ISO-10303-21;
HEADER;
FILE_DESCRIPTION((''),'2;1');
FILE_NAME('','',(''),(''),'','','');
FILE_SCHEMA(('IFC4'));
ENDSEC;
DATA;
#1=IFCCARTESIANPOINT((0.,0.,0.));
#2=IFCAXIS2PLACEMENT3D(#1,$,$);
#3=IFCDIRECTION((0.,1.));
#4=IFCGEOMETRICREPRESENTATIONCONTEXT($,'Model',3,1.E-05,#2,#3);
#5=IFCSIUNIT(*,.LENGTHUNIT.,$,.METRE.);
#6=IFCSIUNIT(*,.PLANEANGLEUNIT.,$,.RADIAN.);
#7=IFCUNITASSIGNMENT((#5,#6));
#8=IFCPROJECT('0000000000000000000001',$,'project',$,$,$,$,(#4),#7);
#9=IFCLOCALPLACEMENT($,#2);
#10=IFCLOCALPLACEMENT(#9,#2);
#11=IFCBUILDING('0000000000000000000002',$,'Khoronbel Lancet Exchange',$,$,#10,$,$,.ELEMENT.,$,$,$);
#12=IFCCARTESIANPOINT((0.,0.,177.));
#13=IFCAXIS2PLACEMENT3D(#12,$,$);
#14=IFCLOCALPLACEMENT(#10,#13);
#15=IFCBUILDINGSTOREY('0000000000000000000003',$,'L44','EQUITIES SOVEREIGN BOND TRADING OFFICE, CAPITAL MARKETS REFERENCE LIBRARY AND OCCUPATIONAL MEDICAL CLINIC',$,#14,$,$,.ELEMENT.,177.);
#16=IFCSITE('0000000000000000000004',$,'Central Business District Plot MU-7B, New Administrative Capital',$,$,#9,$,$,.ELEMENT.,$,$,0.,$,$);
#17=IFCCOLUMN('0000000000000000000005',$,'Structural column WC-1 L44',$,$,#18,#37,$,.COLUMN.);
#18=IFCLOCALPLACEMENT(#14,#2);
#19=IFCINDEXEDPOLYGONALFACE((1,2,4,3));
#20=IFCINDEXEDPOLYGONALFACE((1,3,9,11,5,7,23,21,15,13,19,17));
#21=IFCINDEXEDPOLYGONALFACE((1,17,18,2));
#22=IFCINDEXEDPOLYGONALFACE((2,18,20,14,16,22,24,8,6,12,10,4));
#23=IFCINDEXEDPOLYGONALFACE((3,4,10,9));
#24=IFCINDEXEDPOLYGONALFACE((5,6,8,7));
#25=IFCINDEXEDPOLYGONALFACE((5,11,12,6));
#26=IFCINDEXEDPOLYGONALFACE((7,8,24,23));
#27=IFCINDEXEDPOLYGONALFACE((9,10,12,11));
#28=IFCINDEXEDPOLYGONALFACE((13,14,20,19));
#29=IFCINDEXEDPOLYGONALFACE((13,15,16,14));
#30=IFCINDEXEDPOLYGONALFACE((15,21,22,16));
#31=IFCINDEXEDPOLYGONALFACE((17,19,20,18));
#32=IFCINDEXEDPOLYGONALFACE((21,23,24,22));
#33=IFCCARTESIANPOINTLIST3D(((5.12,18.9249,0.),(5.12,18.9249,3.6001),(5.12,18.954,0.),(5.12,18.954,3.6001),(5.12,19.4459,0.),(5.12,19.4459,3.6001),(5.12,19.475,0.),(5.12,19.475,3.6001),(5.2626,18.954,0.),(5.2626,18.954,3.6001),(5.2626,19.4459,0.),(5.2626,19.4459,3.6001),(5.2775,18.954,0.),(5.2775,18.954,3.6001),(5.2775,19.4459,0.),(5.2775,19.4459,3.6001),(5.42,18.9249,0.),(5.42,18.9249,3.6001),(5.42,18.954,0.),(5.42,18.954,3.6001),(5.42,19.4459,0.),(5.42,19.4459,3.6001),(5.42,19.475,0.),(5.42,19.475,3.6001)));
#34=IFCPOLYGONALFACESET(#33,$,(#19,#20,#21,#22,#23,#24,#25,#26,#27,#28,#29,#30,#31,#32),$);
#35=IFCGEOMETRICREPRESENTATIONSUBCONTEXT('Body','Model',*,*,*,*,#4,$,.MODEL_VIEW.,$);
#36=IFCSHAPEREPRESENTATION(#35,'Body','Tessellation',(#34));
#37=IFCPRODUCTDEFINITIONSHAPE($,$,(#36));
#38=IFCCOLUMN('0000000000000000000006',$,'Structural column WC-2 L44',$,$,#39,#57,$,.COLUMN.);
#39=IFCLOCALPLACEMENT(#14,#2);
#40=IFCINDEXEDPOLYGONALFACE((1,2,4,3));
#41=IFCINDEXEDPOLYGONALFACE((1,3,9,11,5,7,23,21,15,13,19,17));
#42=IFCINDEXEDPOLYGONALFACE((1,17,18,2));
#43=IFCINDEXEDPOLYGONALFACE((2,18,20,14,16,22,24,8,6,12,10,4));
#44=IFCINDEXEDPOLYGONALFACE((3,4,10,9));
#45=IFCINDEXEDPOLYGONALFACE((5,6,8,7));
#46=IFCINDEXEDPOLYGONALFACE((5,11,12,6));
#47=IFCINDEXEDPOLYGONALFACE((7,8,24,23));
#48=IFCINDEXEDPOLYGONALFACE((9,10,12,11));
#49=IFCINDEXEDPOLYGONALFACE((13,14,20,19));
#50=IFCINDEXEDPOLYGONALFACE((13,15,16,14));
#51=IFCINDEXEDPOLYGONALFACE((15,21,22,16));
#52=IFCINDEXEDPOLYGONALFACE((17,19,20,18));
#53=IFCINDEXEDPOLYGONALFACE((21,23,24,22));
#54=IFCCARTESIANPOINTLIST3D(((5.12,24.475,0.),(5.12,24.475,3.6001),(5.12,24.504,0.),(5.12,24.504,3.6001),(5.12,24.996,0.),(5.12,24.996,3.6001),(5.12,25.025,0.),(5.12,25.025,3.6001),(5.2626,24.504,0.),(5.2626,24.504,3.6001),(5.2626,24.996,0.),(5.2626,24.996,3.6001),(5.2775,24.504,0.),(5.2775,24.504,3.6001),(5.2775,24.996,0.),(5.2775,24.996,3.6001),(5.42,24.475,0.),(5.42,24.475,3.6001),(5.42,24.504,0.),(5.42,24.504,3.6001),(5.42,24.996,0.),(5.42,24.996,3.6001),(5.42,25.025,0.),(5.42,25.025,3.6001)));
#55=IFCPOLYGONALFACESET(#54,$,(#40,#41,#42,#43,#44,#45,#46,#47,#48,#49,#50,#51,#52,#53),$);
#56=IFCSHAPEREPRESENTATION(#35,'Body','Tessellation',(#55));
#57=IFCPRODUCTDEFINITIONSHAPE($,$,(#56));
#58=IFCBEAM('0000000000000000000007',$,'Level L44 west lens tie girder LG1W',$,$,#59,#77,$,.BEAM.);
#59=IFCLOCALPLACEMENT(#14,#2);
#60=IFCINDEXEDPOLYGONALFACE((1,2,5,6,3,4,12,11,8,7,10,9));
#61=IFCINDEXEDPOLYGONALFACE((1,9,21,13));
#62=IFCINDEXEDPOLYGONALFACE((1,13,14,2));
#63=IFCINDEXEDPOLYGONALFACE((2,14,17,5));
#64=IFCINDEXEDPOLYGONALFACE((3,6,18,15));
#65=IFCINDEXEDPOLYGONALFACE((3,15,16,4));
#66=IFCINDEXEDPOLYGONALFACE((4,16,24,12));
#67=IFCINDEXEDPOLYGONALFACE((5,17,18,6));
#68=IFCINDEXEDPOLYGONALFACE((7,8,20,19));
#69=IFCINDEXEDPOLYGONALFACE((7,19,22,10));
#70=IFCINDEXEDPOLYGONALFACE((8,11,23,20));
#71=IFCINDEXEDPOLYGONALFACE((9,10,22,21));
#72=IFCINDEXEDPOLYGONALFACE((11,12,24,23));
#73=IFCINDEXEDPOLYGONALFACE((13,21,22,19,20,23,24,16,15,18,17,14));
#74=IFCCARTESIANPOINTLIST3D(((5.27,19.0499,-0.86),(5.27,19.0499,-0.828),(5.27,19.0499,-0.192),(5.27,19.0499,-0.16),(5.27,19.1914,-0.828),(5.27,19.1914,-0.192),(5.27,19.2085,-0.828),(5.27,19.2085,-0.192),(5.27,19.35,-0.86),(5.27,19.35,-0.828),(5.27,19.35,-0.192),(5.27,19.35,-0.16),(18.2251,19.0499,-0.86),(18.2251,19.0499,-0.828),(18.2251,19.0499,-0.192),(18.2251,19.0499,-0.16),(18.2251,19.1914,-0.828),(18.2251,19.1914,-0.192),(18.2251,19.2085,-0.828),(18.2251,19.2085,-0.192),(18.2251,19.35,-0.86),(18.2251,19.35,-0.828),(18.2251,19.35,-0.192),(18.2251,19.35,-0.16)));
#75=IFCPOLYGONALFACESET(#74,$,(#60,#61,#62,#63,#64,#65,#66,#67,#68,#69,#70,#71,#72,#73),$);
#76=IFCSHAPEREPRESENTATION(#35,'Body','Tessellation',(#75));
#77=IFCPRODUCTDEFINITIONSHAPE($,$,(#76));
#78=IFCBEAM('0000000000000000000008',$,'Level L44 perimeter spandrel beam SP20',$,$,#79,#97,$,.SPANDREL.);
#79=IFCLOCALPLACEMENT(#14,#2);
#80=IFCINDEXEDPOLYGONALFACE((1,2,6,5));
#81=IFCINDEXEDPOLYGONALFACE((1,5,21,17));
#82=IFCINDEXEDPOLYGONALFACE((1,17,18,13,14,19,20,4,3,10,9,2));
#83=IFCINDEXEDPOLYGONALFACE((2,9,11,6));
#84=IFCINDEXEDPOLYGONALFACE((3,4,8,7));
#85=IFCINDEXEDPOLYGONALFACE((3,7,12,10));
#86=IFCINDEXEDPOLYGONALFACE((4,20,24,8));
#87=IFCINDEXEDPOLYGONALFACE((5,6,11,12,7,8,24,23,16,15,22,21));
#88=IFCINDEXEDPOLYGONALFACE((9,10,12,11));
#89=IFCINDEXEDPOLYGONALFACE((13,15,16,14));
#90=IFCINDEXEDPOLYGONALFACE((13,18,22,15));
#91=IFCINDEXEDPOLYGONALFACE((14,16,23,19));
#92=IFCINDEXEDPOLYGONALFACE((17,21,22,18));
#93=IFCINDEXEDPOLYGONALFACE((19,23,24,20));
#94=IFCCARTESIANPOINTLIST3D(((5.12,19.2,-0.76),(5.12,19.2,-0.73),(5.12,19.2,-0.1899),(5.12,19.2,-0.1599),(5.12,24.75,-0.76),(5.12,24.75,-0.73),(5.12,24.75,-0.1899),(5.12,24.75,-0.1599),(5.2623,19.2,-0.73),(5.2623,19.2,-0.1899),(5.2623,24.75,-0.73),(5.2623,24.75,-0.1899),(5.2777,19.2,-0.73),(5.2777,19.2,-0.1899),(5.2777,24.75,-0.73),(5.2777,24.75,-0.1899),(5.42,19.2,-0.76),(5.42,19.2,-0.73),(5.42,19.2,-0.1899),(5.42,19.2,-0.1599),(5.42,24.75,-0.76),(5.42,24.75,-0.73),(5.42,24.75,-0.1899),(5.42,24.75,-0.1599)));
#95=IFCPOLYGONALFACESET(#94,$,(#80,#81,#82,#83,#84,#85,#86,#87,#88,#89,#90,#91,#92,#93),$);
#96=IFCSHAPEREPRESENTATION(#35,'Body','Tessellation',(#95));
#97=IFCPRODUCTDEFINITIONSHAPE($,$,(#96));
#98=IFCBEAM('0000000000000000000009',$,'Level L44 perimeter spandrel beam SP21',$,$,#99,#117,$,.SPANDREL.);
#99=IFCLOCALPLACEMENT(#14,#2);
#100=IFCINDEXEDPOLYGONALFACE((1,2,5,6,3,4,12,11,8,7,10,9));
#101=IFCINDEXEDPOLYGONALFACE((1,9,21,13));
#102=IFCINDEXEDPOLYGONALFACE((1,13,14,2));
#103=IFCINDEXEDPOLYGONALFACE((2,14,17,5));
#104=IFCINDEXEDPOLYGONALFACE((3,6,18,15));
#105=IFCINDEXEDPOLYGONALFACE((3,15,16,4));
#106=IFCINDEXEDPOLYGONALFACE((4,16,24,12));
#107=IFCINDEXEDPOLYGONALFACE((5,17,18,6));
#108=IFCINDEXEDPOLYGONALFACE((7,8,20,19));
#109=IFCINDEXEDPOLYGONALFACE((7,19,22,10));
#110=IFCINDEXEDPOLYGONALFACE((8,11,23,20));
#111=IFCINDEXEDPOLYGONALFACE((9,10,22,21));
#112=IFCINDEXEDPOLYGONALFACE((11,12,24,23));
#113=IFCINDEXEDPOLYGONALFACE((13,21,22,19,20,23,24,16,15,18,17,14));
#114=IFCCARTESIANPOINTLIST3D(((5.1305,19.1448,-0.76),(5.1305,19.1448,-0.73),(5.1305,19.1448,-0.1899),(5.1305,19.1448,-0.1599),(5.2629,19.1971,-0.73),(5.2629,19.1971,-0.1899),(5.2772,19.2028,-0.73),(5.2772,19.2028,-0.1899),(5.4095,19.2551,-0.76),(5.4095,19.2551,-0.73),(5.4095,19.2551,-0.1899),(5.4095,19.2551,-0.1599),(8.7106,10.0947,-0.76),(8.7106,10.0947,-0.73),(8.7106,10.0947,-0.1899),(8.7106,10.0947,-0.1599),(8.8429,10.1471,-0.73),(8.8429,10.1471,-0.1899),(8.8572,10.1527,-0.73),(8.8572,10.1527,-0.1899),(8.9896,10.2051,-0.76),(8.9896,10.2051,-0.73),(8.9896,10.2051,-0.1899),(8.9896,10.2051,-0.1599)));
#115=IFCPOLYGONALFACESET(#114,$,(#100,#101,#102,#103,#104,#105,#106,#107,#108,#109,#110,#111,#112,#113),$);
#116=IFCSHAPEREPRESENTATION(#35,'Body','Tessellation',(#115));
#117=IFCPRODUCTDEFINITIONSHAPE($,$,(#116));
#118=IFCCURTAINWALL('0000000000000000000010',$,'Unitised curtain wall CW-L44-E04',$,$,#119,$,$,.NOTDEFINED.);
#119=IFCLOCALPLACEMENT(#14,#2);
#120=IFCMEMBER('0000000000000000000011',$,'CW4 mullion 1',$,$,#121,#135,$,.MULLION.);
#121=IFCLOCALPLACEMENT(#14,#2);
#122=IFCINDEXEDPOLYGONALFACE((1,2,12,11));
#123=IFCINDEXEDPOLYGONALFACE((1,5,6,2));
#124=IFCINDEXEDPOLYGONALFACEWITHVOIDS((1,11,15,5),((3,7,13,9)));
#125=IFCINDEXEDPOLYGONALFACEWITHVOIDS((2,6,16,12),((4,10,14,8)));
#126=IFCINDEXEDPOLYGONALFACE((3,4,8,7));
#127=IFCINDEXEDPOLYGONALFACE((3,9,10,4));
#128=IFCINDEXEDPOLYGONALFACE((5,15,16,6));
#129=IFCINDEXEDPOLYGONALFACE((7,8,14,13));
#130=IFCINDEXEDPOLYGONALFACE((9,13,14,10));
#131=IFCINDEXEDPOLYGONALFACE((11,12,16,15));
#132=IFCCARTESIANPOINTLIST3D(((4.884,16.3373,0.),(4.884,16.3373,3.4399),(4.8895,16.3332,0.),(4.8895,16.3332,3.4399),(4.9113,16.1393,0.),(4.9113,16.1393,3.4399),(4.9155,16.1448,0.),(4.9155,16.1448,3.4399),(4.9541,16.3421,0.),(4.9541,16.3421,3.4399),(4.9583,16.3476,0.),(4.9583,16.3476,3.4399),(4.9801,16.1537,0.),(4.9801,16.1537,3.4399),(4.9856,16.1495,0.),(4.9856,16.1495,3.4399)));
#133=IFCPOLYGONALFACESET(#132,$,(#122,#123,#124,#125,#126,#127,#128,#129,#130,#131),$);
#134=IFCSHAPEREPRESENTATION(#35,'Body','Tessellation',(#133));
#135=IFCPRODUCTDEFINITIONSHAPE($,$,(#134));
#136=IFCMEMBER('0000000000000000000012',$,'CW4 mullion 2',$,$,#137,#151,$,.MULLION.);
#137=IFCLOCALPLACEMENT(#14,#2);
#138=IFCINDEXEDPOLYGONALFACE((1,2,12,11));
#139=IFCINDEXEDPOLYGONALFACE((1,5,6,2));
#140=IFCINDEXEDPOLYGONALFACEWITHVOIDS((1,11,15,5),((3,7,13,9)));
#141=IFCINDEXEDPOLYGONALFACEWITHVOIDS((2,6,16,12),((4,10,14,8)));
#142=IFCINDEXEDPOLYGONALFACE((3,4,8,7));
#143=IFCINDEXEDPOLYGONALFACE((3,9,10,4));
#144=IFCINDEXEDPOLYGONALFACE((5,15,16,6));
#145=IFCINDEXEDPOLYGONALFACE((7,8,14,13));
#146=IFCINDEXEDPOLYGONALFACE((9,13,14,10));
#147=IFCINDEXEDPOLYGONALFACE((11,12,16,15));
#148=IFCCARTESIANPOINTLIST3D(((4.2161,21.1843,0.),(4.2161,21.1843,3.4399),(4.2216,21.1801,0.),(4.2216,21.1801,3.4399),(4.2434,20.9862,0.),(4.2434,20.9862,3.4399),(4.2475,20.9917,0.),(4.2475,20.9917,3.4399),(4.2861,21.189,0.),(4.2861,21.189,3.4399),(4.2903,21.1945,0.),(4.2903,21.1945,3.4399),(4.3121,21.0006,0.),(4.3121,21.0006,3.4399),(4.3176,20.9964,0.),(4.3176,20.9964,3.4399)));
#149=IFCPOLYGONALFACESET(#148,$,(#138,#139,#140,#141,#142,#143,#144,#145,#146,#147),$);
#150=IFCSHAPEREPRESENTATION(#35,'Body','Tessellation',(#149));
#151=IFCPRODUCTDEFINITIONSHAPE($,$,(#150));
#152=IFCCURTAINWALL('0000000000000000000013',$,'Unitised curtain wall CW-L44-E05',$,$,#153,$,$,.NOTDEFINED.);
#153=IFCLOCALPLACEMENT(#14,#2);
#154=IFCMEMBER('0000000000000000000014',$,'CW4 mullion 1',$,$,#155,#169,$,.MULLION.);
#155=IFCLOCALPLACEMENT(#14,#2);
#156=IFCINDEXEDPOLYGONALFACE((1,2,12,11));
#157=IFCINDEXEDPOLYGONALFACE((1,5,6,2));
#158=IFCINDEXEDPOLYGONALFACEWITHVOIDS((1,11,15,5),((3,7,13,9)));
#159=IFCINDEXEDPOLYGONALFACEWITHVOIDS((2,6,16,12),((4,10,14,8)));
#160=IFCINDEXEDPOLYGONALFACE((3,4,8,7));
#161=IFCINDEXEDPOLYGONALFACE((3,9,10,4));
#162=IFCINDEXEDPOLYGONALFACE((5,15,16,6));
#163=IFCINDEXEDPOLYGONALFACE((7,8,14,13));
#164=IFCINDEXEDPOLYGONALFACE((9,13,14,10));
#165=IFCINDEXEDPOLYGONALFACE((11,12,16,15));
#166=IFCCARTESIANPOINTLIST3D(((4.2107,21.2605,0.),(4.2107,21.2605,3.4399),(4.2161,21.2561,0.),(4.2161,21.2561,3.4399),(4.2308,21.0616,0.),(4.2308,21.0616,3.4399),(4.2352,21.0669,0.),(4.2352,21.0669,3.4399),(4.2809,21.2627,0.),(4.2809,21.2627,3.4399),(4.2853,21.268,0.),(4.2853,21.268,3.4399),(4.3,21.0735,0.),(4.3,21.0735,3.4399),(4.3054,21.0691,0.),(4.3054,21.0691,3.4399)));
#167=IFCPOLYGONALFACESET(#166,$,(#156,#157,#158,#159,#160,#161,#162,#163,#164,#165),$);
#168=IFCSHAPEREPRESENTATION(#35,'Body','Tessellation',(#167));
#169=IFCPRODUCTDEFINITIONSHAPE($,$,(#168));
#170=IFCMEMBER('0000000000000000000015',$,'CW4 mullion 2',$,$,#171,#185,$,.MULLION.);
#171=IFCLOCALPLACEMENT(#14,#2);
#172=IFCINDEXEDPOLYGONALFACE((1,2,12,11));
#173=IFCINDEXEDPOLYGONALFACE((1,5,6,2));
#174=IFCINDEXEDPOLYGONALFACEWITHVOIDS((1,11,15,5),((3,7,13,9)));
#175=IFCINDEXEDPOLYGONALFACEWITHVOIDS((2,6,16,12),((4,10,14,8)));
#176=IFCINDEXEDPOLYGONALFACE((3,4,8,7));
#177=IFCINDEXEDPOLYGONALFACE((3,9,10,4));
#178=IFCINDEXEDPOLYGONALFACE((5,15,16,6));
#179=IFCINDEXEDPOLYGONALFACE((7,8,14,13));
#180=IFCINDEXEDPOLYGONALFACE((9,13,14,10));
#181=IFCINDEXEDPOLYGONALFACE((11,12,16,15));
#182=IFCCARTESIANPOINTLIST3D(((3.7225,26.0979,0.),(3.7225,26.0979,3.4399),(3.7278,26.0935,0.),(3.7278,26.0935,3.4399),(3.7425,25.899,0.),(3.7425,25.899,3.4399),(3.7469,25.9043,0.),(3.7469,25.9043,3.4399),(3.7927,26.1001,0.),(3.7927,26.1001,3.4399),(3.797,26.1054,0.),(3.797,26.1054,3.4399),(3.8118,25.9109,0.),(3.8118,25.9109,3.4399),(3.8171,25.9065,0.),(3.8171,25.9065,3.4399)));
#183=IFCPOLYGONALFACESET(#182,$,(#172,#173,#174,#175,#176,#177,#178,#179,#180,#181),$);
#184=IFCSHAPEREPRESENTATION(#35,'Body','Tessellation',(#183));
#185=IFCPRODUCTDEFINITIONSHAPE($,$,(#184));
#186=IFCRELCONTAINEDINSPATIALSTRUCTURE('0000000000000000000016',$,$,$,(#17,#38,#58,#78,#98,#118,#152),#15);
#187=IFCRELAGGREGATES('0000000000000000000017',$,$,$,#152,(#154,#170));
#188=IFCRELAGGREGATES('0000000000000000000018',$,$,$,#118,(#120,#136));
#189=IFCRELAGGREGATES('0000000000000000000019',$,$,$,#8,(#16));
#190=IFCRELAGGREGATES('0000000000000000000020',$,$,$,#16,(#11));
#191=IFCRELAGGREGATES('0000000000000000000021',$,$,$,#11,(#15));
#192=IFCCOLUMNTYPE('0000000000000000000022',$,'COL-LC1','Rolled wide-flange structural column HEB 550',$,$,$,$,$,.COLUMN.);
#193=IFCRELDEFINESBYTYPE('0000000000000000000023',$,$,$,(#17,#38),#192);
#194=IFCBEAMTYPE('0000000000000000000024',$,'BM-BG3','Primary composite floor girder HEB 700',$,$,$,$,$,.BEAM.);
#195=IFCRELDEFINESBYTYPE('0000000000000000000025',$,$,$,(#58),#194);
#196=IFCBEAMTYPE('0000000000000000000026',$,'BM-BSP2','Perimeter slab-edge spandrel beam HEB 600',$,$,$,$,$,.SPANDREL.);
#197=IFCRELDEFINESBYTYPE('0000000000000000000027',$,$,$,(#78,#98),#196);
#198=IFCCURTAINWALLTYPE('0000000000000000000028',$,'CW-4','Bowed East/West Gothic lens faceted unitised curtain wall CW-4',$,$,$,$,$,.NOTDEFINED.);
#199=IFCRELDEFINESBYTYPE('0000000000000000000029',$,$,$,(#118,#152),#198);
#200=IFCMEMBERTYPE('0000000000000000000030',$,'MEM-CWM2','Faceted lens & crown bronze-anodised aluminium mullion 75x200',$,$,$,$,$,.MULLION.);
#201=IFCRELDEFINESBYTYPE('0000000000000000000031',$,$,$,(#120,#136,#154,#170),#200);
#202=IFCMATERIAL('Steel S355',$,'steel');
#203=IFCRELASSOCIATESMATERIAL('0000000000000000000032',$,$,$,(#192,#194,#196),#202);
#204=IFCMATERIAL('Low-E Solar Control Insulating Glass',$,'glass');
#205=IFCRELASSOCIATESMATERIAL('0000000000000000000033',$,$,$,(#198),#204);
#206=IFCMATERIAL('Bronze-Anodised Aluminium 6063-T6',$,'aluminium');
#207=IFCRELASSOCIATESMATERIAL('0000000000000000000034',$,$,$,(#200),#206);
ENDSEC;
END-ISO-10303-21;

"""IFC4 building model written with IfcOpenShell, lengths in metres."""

from ifc_helpers import new_model, si_unit, direction, frame, origin, origin_2d, place, context, subcontext, project, spatial, hollow_rectangle, i_section, extrude, material, material_profile, profile_set, type_object, element, aggregate, save


model = new_model("IFC4")

# Units and contexts
model_context = context("Model", 3, precision=1e-05, world=origin(), true_north=direction((0.0, 1.0)))
body_context = subcontext(model_context, "Body", "Model", "MODEL_VIEW")
ifc_project = project(units=[si_unit("LENGTHUNIT", "METRE"), si_unit("PLANEANGLEUNIT", "RADIAN")], contexts=[model_context])

# Site, building, storey
site_placement = place(None, origin())
site = spatial("IfcSite", under=ifc_project, at=site_placement, Name="Central Business District Plot MU-7B, New Administrative Capital", CompositionType="ELEMENT", RefElevation=0.0)
building_placement = place(site_placement, origin())
building = spatial("IfcBuilding", under=site, at=building_placement, Name="Khoronbel Lancet Exchange", CompositionType="ELEMENT")
storey_placement = place(building_placement, frame((0.0, 0.0, 177.0)))
storey = spatial("IfcBuildingStorey", under=building, at=storey_placement, Name="L44", Description="EQUITIES SOVEREIGN BOND TRADING OFFICE, CAPITAL MARKETS REFERENCE LIBRARY AND OCCUPATIONAL MEDICAL CLINIC", CompositionType="ELEMENT", Elevation=177.0)

# Columns
ifc_material_1 = material(Name="Steel S355", Category="steel")
ifc_material_profile_1 = material_profile(ifc_material_1, i_section(OverallWidth=0.3, OverallDepth=0.55, WebThickness=0.0149, FlangeThickness=0.0291, at=origin_2d()), Name="HEB 550")
ifc_profile_set_1 = profile_set([ifc_material_profile_1], Name="Steel S355")
column_type = type_object("IfcColumnType", Name="COL-LC1", Description="Rolled wide-flange structural column HEB 550", PredefinedType="COLUMN", material=ifc_profile_set_1)
for number, where, z_axis, x_axis, name in (
    (1, (5.27, 19.2, 0.0), (0.0, 0.0, 1.0), (1.0, 0.0, 0.0), "Structural column WC-1 L44"),
    (2, (5.27, 24.75, 0.0), (0.0, 0.0, 1.0), (1.0, 0.0, 0.0), "Structural column WC-2 L44"),
):
    element("IfcColumn", number, at=place(storey_placement, frame(where, z_axis=z_axis, x_axis=x_axis)), inside=storey, type_object=column_type, Name=name, PredefinedType="COLUMN", context=body_context, shape_type="SweptSolid", body=[
        extrude(i_section(OverallWidth=0.3, OverallDepth=0.55, WebThickness=0.0149, FlangeThickness=0.0291, at=origin_2d()), origin(), (0.0, 0.0, 1.0), 3.6001),
    ])

# Beams
ifc_material_profile_2 = material_profile(ifc_material_1, i_section(OverallWidth=0.3, OverallDepth=0.7, WebThickness=0.0171, FlangeThickness=0.032, at=origin_2d()), Name="HEB 700")
ifc_profile_set_2 = profile_set([ifc_material_profile_2], Name="Steel S355")
beam_type_1 = type_object("IfcBeamType", Name="BM-BG3", Description="Primary composite floor girder HEB 700", PredefinedType="BEAM", material=ifc_profile_set_2)
beam_1_placement = place(storey_placement, frame((5.27, 19.2, -0.51), z_axis=(1.0, 0.0, 0.0), x_axis=(0.0, 1.0, 0.0)))
element("IfcBeam", 3, at=beam_1_placement, inside=storey, type_object=beam_type_1, Name="Level L44 west lens tie girder LG1W", PredefinedType="BEAM", context=body_context, shape_type="SweptSolid", body=[
    extrude(i_section(OverallWidth=0.3, OverallDepth=0.7, WebThickness=0.0171, FlangeThickness=0.032, at=origin_2d()), origin(), (0.0, 0.0, 1.0), 12.9551),
])
ifc_material_profile_3 = material_profile(ifc_material_1, i_section(OverallWidth=0.3, OverallDepth=0.6001, WebThickness=0.0154, FlangeThickness=0.03, at=origin_2d()), Name="HEB 600")
ifc_profile_set_3 = profile_set([ifc_material_profile_3], Name="Steel S355")
beam_type_2 = type_object("IfcBeamType", Name="BM-BSP2", Description="Perimeter slab-edge spandrel beam HEB 600", PredefinedType="SPANDREL", material=ifc_profile_set_3)
beam_2_placement = place(storey_placement, frame((5.27, 24.75, -0.46), z_axis=(0.0, -1.0, 0.0), x_axis=(1.0, 0.0, 0.0)))
element("IfcBeam", 4, at=beam_2_placement, inside=storey, type_object=beam_type_2, Name="Level L44 perimeter spandrel beam SP20", PredefinedType="SPANDREL", context=body_context, shape_type="SweptSolid", body=[
    extrude(i_section(OverallWidth=0.3, OverallDepth=0.6001, WebThickness=0.0154, FlangeThickness=0.03, at=origin_2d()), origin(), (0.0, 0.0, 1.0), 5.55),
])
beam_3_placement = place(storey_placement, frame((5.27, 19.2, -0.46), z_axis=(0.36785, -0.929885, 0.0), x_axis=(0.929885, 0.36785, 0.0)))
element("IfcBeam", 5, at=beam_3_placement, inside=storey, type_object=beam_type_2, Name="Level L44 perimeter spandrel beam SP21", PredefinedType="SPANDREL", context=body_context, shape_type="SweptSolid", body=[
    extrude(i_section(OverallWidth=0.3, OverallDepth=0.6001, WebThickness=0.0154, FlangeThickness=0.03, at=origin_2d()), origin(), (0.0, 0.0, 1.0), 9.7324),
])

# Curtain walls, members
ifc_material_2 = material(Name="Low-E Solar Control Insulating Glass", Category="glass")
curtain_wall_type = type_object("IfcCurtainWallType", Name="CW-4", Description="Bowed East/West Gothic lens faceted unitised curtain wall CW-4", PredefinedType="NOTDEFINED", material=ifc_material_2)
curtain_wall_1_placement = place(storey_placement, origin())
curtain_wall_1 = element("IfcCurtainWall", 6, at=curtain_wall_1_placement, inside=storey, type_object=curtain_wall_type, Name="Unitised curtain wall CW-L44-E04", PredefinedType="NOTDEFINED")
ifc_material_3 = material(Name="Bronze-Anodised Aluminium 6063-T6", Category="aluminium")
ifc_material_profile_4 = material_profile(ifc_material_3, hollow_rectangle(XDim=0.075, YDim=0.2, WallThickness=0.0049, at=origin_2d()), Name="ALU MULLION 75x200")
ifc_profile_set_4 = profile_set([ifc_material_profile_4], Name="Bronze-Anodised Aluminium 6063-T6")
member_type_1 = type_object("IfcMemberType", Name="MEM-CWM2", Description="Faceted lens & crown bronze-anodised aluminium mullion 75x200", PredefinedType="MULLION", material=ifc_profile_set_4)
member_1_placement = place(storey_placement, frame((4.9348, 16.2434, 0.0), z_axis=(0.0, 0.0, 1.0), x_axis=(-0.990634, -0.136541, 0.0)))
member_1 = element("IfcMember", 7, at=member_1_placement, type_object=member_type_1, Name="CW4 mullion 1", PredefinedType="MULLION", context=body_context, shape_type="SweptSolid", body=[
    extrude(hollow_rectangle(XDim=0.075, YDim=0.2, WallThickness=0.0049, at=origin_2d()), origin(), (0.0, 0.0, 1.0), 3.4399),
])
member_2_placement = place(storey_placement, frame((4.2668, 21.0903, 0.0), z_axis=(0.0, 0.0, 1.0), x_axis=(-0.990634, -0.136541, 0.0)))
member_2 = element("IfcMember", 8, at=member_2_placement, type_object=member_type_1, Name="CW4 mullion 2", PredefinedType="MULLION", context=body_context, shape_type="SweptSolid", body=[
    extrude(hollow_rectangle(XDim=0.075, YDim=0.2, WallThickness=0.0049, at=origin_2d()), origin(), (0.0, 0.0, 1.0), 3.4399),
])
curtain_wall_2_placement = place(storey_placement, origin())
curtain_wall_2 = element("IfcCurtainWall", 9, at=curtain_wall_2_placement, inside=storey, type_object=curtain_wall_type, Name="Unitised curtain wall CW-L44-E05", PredefinedType="NOTDEFINED")
member_3_placement = place(storey_placement, frame((4.2581, 21.1648, 0.0), z_axis=(0.0, 0.0, 1.0), x_axis=(-0.994947, -0.100404, 0.0)))
member_3 = element("IfcMember", 10, at=member_3_placement, type_object=member_type_1, Name="CW4 mullion 1", PredefinedType="MULLION", context=body_context, shape_type="SweptSolid", body=[
    extrude(hollow_rectangle(XDim=0.075, YDim=0.2, WallThickness=0.0049, at=origin_2d()), origin(), (0.0, 0.0, 1.0), 3.4399),
])
member_4_placement = place(storey_placement, frame((3.7698, 26.0022, 0.0), z_axis=(0.0, 0.0, 1.0), x_axis=(-0.994947, -0.100404, 0.0)))
member_4 = element("IfcMember", 11, at=member_4_placement, type_object=member_type_1, Name="CW4 mullion 2", PredefinedType="MULLION", context=body_context, shape_type="SweptSolid", body=[
    extrude(hollow_rectangle(XDim=0.075, YDim=0.2, WallThickness=0.0049, at=origin_2d()), origin(), (0.0, 0.0, 1.0), 3.4399),
])

aggregate(curtain_wall_2, [member_3, member_4])
aggregate(curtain_wall_1, [member_1, member_2])

save(model, "model.ifc")
